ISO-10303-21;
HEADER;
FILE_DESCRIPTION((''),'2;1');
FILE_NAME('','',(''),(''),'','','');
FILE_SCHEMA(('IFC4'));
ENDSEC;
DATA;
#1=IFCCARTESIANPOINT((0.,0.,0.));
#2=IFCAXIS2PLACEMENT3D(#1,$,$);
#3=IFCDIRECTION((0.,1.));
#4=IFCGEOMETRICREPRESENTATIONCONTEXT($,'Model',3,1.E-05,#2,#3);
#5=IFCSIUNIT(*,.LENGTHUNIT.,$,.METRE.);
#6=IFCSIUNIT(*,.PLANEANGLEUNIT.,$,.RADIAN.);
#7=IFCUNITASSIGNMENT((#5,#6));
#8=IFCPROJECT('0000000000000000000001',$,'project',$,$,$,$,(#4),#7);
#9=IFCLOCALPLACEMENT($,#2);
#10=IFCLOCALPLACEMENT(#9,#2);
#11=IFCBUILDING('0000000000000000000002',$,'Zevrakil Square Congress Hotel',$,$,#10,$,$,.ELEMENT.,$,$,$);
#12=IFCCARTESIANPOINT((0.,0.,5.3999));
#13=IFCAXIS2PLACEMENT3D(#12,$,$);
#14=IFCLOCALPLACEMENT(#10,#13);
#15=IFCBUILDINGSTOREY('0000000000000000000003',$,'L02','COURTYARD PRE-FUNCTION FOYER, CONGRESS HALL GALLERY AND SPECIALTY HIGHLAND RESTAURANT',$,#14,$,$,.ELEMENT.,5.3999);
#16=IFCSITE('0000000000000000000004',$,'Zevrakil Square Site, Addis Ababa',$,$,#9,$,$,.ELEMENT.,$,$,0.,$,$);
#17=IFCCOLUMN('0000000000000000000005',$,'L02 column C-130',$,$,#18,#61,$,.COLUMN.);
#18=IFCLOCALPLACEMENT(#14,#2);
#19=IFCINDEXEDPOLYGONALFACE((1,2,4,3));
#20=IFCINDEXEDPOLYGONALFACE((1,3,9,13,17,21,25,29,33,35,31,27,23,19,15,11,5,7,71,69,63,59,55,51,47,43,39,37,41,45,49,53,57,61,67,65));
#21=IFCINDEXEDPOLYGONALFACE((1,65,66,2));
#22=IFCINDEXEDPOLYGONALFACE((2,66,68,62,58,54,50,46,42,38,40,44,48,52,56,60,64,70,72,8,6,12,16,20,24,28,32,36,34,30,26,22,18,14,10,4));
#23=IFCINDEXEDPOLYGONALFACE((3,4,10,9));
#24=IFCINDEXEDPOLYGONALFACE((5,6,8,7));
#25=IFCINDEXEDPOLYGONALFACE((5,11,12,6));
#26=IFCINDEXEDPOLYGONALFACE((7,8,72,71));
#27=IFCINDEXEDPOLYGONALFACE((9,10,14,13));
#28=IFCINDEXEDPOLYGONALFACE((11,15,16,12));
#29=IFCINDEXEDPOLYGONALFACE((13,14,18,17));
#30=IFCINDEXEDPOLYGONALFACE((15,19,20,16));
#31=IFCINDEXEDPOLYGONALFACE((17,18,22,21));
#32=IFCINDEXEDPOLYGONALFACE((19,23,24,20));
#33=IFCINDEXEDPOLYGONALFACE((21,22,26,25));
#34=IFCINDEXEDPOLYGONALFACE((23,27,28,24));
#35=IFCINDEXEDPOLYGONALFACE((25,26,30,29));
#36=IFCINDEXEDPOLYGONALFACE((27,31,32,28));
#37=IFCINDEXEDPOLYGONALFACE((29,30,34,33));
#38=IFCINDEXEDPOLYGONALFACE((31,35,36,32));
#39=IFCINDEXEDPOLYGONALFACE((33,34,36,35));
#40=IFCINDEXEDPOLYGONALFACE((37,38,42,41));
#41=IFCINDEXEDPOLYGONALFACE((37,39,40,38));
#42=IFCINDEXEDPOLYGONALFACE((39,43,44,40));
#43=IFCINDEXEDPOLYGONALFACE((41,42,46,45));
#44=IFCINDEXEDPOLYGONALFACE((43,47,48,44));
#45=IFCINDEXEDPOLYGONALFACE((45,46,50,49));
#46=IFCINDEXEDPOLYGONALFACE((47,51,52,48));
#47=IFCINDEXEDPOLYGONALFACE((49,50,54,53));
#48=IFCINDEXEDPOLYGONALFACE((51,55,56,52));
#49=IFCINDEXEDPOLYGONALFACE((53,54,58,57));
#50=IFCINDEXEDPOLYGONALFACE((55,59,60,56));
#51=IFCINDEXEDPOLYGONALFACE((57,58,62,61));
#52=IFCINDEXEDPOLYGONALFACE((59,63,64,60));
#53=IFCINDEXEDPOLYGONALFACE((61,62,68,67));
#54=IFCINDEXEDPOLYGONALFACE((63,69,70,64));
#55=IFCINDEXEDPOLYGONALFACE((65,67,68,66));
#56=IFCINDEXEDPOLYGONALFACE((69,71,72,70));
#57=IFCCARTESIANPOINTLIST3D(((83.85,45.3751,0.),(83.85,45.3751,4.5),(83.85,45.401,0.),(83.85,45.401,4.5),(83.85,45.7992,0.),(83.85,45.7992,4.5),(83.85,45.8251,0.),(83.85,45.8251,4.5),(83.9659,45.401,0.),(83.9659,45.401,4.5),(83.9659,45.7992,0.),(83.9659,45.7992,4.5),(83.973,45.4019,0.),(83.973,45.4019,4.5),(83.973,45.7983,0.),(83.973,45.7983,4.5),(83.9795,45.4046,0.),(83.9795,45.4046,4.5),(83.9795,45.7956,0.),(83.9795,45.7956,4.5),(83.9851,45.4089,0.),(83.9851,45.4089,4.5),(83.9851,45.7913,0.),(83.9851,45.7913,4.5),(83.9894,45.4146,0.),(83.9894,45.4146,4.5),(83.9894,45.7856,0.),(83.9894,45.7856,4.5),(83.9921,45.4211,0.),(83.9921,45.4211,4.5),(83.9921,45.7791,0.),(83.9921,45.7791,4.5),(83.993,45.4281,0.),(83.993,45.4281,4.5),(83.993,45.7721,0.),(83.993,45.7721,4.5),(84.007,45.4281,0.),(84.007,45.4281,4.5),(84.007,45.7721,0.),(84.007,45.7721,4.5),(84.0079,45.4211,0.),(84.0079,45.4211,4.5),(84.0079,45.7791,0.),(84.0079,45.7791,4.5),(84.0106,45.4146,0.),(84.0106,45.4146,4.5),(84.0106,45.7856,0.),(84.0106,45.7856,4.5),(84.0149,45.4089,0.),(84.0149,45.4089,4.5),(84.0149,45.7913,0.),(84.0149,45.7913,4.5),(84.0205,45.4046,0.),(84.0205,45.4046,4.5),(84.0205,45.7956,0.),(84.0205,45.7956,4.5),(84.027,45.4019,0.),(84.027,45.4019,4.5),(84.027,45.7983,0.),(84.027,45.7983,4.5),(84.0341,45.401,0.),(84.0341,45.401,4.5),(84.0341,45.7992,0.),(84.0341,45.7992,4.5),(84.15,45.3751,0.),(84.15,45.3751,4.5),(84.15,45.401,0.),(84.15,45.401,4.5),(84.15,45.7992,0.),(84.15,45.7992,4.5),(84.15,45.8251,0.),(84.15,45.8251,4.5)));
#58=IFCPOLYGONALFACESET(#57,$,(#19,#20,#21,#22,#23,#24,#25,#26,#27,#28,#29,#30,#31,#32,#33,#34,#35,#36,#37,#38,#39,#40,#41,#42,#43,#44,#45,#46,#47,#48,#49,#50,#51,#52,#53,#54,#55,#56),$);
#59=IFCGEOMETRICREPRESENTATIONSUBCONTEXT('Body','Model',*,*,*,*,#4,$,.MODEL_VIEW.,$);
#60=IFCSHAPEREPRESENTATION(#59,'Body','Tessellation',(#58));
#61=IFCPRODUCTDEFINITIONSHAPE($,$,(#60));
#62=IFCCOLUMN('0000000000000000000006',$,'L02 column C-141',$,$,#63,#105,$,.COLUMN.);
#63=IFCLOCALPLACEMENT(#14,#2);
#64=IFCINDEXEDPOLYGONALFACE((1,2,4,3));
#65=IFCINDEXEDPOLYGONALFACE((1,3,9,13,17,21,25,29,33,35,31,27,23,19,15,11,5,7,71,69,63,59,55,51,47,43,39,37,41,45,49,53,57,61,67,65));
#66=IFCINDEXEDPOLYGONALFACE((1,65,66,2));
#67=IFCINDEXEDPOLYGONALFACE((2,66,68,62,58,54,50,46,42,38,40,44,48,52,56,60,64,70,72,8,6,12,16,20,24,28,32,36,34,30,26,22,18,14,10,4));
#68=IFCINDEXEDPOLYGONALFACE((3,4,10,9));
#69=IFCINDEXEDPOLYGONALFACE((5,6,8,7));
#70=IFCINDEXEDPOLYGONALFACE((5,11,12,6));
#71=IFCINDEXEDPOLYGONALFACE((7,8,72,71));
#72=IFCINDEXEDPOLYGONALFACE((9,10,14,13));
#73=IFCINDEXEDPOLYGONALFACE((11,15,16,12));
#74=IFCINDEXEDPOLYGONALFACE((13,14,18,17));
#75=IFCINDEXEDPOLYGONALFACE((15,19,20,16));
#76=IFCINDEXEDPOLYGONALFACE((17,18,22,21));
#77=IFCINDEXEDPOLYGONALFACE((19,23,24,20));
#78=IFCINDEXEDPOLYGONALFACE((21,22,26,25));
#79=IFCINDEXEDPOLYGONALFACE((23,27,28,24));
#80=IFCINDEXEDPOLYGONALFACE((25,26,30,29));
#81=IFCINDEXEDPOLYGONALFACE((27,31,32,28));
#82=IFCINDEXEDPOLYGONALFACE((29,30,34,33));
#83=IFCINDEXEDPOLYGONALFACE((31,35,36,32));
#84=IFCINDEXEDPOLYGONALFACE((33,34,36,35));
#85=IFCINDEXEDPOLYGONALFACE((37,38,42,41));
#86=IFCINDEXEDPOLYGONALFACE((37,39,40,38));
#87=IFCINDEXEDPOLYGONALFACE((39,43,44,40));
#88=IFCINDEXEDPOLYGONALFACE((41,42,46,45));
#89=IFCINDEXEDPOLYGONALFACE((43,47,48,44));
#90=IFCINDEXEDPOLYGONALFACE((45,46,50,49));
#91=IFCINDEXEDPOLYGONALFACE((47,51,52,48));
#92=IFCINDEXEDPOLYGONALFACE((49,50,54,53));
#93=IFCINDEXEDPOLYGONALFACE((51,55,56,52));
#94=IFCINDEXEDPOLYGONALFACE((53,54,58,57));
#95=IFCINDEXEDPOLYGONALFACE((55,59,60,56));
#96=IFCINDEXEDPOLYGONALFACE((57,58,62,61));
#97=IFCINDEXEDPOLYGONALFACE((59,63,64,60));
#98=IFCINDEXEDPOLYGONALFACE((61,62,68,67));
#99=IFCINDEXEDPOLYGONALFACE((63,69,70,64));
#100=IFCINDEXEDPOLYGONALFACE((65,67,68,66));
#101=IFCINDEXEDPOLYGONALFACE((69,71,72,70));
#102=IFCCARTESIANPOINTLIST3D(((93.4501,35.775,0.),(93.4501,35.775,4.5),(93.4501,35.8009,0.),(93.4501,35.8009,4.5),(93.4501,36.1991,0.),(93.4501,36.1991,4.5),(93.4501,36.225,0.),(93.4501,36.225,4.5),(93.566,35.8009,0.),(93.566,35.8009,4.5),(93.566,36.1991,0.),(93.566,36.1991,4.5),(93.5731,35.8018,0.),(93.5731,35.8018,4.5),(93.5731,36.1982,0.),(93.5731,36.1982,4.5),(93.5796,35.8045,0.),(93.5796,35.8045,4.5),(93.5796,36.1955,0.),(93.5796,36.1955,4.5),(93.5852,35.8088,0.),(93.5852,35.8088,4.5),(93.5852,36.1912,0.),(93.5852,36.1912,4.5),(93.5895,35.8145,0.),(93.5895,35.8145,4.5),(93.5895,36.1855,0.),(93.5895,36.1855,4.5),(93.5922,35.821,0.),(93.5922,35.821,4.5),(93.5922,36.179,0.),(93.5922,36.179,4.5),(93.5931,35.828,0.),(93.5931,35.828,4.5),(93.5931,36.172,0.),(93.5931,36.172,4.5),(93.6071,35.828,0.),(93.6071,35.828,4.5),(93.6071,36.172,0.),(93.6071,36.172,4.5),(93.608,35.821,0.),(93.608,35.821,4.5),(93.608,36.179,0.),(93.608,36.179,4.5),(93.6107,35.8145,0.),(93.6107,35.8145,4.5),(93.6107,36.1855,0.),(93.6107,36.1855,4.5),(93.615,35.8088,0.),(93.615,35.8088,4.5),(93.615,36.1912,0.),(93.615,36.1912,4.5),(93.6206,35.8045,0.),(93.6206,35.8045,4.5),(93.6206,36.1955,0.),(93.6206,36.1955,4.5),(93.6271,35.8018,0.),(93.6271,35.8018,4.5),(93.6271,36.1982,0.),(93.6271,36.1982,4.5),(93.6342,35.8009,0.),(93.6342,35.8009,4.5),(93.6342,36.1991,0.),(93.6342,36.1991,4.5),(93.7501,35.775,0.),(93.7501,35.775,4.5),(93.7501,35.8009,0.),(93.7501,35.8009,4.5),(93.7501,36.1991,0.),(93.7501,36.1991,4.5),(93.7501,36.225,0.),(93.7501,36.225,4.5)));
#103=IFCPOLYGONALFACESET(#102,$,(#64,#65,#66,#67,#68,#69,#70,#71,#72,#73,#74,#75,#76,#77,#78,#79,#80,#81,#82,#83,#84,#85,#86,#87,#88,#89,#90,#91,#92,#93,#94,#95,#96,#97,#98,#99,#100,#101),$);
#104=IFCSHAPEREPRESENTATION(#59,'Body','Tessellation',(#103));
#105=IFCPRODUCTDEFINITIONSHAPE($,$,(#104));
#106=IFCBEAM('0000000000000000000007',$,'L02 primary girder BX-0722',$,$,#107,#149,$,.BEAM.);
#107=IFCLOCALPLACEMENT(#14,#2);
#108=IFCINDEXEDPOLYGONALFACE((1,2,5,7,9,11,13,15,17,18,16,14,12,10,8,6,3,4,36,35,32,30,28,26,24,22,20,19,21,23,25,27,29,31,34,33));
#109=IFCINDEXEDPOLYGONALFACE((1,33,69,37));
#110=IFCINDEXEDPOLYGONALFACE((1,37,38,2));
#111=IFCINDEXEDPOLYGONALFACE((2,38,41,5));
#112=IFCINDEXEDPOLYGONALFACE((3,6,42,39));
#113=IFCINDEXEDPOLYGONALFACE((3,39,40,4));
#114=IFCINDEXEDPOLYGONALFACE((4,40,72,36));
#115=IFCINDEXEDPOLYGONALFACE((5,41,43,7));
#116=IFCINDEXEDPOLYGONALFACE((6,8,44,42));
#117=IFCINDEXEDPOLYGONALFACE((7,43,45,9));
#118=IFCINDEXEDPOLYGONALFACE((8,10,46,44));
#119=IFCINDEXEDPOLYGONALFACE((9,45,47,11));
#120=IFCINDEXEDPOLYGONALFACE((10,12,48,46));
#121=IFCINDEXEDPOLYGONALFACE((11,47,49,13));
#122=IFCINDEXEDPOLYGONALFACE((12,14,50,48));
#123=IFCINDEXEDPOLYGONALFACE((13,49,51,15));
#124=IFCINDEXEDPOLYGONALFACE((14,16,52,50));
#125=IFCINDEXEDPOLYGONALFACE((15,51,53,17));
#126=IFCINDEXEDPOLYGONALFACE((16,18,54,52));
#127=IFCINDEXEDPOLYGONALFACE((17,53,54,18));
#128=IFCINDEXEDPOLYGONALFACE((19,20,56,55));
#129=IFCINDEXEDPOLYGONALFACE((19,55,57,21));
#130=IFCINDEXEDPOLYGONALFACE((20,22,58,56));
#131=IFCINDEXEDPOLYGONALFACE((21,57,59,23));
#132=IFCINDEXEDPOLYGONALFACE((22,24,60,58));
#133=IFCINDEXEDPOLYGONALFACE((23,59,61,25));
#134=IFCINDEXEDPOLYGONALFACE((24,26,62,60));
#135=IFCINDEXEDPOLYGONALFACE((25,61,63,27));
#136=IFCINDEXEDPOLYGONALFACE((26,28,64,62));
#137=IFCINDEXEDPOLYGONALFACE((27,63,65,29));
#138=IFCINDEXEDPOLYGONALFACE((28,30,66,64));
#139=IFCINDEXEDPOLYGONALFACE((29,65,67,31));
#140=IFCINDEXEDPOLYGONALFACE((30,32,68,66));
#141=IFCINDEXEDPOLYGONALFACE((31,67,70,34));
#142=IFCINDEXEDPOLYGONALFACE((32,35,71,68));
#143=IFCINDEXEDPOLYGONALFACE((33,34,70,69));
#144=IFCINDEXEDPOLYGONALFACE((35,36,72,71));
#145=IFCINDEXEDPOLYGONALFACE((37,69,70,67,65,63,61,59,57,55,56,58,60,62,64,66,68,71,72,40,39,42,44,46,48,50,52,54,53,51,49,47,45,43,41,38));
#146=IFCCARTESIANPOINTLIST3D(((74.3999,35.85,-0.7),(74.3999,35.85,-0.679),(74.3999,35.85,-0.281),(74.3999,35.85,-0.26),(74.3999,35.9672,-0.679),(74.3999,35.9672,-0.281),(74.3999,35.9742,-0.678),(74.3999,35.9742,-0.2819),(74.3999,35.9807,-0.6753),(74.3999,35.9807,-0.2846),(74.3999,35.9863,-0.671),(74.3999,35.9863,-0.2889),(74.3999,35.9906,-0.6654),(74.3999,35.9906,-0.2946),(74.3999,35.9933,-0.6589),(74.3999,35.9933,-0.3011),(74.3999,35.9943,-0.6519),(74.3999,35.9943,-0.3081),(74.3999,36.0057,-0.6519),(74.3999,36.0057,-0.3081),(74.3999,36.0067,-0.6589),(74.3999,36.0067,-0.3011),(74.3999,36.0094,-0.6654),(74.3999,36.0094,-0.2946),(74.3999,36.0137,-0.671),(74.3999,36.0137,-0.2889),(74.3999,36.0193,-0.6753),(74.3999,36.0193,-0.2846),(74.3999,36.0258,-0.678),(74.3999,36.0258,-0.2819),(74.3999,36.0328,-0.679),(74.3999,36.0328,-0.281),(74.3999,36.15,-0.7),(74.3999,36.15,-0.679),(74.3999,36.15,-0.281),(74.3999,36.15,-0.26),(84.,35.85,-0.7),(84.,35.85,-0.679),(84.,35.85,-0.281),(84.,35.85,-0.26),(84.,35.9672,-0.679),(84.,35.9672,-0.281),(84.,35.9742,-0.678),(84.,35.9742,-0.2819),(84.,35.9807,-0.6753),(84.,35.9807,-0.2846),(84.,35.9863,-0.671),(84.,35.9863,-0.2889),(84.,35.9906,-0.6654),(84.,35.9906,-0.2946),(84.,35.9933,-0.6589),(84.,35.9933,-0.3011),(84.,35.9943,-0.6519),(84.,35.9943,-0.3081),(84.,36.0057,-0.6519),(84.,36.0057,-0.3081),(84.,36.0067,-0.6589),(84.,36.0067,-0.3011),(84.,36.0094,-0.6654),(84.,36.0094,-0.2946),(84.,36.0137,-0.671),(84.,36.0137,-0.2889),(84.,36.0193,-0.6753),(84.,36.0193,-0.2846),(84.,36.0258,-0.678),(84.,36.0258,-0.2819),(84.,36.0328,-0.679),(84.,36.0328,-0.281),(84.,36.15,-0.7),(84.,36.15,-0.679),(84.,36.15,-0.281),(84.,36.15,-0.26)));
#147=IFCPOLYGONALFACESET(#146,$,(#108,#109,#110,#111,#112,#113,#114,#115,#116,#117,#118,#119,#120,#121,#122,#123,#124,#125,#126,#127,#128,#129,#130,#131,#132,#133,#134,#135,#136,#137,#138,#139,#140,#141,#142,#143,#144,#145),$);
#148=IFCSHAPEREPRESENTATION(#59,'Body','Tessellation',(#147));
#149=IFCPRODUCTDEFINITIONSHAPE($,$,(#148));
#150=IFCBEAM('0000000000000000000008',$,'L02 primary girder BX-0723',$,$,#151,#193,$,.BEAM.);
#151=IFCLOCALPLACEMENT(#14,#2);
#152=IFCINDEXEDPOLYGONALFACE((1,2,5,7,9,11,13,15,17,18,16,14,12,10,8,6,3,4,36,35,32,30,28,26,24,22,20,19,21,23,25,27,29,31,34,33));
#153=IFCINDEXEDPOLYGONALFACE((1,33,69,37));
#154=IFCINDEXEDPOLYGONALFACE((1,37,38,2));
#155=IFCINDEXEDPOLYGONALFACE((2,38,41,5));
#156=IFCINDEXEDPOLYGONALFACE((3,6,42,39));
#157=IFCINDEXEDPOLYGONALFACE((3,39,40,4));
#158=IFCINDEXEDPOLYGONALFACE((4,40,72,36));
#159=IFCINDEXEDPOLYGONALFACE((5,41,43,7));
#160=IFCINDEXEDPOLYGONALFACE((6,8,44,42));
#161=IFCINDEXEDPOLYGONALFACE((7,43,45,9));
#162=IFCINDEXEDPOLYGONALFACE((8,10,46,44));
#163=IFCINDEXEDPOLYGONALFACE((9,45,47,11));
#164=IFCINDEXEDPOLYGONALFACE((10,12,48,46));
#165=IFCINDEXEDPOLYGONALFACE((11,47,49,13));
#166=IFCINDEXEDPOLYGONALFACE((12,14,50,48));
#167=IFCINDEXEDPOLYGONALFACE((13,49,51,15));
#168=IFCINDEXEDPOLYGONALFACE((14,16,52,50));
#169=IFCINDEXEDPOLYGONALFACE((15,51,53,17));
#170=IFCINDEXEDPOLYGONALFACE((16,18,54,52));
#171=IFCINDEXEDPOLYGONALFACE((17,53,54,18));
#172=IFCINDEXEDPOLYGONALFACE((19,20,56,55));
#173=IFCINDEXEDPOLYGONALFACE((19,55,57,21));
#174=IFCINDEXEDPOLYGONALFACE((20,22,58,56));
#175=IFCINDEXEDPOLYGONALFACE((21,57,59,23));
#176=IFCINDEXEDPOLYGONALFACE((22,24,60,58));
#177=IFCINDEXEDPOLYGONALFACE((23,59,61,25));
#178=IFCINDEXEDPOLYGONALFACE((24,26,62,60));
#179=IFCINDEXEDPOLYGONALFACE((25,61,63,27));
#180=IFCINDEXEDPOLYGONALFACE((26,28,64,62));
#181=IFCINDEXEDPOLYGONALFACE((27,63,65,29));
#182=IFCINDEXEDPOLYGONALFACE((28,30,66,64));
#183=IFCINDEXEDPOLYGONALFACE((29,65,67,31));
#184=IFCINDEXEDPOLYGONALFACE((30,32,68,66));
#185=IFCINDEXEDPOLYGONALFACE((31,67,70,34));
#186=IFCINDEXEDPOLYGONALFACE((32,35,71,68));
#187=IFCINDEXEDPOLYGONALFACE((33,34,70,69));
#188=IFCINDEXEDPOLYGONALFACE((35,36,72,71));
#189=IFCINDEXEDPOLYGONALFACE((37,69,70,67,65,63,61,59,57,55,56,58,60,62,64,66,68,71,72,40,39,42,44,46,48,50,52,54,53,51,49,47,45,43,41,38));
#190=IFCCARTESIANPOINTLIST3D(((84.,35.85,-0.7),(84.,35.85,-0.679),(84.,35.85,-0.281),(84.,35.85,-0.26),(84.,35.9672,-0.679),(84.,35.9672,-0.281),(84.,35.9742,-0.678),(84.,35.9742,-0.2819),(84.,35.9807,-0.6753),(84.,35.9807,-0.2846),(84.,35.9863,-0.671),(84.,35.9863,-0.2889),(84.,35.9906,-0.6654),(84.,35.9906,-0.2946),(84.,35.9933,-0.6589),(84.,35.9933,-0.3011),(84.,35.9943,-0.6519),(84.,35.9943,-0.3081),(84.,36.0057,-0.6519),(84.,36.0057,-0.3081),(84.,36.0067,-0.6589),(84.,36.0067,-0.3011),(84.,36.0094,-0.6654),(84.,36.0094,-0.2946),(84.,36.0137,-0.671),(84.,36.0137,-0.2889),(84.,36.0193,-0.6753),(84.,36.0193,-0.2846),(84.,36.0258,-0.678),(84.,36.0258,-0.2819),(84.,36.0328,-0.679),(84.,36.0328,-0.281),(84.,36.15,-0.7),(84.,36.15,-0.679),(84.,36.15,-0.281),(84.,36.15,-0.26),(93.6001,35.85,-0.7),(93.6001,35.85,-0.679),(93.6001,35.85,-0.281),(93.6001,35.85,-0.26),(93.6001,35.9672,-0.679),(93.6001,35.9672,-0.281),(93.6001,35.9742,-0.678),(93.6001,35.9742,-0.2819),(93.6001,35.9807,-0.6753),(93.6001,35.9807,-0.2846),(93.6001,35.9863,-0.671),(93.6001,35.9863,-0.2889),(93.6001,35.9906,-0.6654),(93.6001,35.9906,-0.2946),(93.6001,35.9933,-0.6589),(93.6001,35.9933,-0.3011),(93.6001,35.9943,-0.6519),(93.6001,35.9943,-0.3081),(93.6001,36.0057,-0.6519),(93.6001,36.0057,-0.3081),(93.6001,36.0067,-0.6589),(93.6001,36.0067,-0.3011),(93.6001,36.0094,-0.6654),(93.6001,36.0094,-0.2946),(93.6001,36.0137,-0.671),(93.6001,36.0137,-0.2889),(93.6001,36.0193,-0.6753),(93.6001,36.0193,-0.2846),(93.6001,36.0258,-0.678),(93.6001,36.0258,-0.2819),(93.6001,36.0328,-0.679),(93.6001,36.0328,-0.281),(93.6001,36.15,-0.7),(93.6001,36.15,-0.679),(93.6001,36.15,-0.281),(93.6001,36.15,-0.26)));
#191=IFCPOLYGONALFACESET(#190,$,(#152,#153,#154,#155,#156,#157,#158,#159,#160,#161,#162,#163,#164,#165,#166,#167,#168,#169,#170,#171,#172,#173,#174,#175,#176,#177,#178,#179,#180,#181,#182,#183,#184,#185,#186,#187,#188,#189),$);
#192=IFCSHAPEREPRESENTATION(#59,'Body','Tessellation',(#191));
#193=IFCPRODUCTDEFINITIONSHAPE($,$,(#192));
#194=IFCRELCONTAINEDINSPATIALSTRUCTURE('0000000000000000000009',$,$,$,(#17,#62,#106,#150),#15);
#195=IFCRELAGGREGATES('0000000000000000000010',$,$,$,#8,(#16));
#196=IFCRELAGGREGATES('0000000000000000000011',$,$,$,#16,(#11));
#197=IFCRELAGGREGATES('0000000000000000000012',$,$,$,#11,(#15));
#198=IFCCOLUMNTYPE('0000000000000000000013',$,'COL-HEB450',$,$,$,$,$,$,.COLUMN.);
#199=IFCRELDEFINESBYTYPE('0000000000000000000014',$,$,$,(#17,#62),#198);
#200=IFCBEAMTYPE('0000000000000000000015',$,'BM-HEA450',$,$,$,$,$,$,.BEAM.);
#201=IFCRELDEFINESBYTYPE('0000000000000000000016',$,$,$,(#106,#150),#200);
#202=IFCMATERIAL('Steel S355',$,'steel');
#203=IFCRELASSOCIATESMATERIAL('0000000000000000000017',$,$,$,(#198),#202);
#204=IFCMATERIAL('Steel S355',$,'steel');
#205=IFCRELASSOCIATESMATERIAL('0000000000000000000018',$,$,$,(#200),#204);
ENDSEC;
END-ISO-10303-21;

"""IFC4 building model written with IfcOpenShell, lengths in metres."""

from ifc_helpers import new_model, si_unit, direction, frame, origin, origin_2d, place, context, subcontext, project, spatial, i_section, extrude, material, material_profile, profile_set, type_object, element, save


model = new_model("IFC4")

# Units and contexts
model_context = context("Model", 3, precision=1e-05, world=origin(), true_north=direction((0.0, 1.0)))
body_context = subcontext(model_context, "Body", "Model", "MODEL_VIEW")
ifc_project = project(units=[si_unit("LENGTHUNIT", "METRE"), si_unit("PLANEANGLEUNIT", "RADIAN")], contexts=[model_context])

# Site, building, storey
site_placement = place(None, origin())
site = spatial("IfcSite", under=ifc_project, at=site_placement, Name="Zevrakil Square Site, Addis Ababa", CompositionType="ELEMENT", RefElevation=0.0)
building_placement = place(site_placement, origin())
building = spatial("IfcBuilding", under=site, at=building_placement, Name="Zevrakil Square Congress Hotel", CompositionType="ELEMENT")
storey_placement = place(building_placement, frame((0.0, 0.0, 5.3999)))
storey = spatial("IfcBuildingStorey", under=building, at=storey_placement, Name="L02", Description="COURTYARD PRE-FUNCTION FOYER, CONGRESS HALL GALLERY AND SPECIALTY HIGHLAND RESTAURANT", CompositionType="ELEMENT", Elevation=5.3999)

# Columns
ifc_material_1 = material(Name="Steel S355", Category="steel")
ifc_material_profile_1 = material_profile(ifc_material_1, i_section(OverallWidth=0.3, OverallDepth=0.45, WebThickness=0.0139, FlangeThickness=0.0259, FilletRadius=0.0271, at=origin_2d()), Name="HEB 450")
ifc_profile_set_1 = profile_set([ifc_material_profile_1], Name="Steel S355")
column_type = type_object("IfcColumnType", Name="COL-HEB450", PredefinedType="COLUMN", material=ifc_profile_set_1)
for number, where, z_axis, x_axis, name in (
    (1, (84.0, 45.6001, 0.0), (0.0, 0.0, 1.0), (1.0, 0.0, 0.0), "L02 column C-130"),
    (2, (93.6001, 36.0, 0.0), (0.0, 0.0, 1.0), (1.0, 0.0, 0.0), "L02 column C-141"),
):
    element("IfcColumn", number, at=place(storey_placement, frame(where, z_axis=z_axis, x_axis=x_axis)), inside=storey, type_object=column_type, Name=name, PredefinedType="COLUMN", context=body_context, shape_type="SweptSolid", body=[
        extrude(i_section(OverallWidth=0.3, OverallDepth=0.45, WebThickness=0.0139, FlangeThickness=0.0259, FilletRadius=0.0271, at=origin_2d()), origin(), (0.0, 0.0, 1.0), 4.5),
    ])

# Beams
ifc_material_2 = material(Name="Steel S355", Category="steel")
ifc_material_profile_2 = material_profile(ifc_material_2, i_section(OverallWidth=0.3, OverallDepth=0.4399, WebThickness=0.0115, FlangeThickness=0.021, FilletRadius=0.0271, at=origin_2d()), Name="HEA 450")
ifc_profile_set_2 = profile_set([ifc_material_profile_2], Name="Steel S355")
beam_type_1 = type_object("IfcBeamType", Name="BM-HEA450", PredefinedType="BEAM", material=ifc_profile_set_2)
for number, where, z_axis, x_axis, name in (
    (3, (74.3999, 36.0, -0.48), (1.0, 0.0, 0.0), (0.0, 1.0, 0.0), "L02 primary girder BX-0722"),
    (4, (84.0, 36.0, -0.48), (1.0, 0.0, 0.0), (0.0, 1.0, 0.0), "L02 primary girder BX-0723"),
):
    element("IfcBeam", number, at=place(storey_placement, frame(where, z_axis=z_axis, x_axis=x_axis)), inside=storey, type_object=beam_type_1, Name=name, PredefinedType="BEAM", context=body_context, shape_type="SweptSolid", body=[
        extrude(i_section(OverallWidth=0.3, OverallDepth=0.4399, WebThickness=0.0115, FlangeThickness=0.021, FilletRadius=0.0271, at=origin_2d()), origin(), (0.0, 0.0, 1.0), 9.6001),
    ])

save(model, "model.ifc")
